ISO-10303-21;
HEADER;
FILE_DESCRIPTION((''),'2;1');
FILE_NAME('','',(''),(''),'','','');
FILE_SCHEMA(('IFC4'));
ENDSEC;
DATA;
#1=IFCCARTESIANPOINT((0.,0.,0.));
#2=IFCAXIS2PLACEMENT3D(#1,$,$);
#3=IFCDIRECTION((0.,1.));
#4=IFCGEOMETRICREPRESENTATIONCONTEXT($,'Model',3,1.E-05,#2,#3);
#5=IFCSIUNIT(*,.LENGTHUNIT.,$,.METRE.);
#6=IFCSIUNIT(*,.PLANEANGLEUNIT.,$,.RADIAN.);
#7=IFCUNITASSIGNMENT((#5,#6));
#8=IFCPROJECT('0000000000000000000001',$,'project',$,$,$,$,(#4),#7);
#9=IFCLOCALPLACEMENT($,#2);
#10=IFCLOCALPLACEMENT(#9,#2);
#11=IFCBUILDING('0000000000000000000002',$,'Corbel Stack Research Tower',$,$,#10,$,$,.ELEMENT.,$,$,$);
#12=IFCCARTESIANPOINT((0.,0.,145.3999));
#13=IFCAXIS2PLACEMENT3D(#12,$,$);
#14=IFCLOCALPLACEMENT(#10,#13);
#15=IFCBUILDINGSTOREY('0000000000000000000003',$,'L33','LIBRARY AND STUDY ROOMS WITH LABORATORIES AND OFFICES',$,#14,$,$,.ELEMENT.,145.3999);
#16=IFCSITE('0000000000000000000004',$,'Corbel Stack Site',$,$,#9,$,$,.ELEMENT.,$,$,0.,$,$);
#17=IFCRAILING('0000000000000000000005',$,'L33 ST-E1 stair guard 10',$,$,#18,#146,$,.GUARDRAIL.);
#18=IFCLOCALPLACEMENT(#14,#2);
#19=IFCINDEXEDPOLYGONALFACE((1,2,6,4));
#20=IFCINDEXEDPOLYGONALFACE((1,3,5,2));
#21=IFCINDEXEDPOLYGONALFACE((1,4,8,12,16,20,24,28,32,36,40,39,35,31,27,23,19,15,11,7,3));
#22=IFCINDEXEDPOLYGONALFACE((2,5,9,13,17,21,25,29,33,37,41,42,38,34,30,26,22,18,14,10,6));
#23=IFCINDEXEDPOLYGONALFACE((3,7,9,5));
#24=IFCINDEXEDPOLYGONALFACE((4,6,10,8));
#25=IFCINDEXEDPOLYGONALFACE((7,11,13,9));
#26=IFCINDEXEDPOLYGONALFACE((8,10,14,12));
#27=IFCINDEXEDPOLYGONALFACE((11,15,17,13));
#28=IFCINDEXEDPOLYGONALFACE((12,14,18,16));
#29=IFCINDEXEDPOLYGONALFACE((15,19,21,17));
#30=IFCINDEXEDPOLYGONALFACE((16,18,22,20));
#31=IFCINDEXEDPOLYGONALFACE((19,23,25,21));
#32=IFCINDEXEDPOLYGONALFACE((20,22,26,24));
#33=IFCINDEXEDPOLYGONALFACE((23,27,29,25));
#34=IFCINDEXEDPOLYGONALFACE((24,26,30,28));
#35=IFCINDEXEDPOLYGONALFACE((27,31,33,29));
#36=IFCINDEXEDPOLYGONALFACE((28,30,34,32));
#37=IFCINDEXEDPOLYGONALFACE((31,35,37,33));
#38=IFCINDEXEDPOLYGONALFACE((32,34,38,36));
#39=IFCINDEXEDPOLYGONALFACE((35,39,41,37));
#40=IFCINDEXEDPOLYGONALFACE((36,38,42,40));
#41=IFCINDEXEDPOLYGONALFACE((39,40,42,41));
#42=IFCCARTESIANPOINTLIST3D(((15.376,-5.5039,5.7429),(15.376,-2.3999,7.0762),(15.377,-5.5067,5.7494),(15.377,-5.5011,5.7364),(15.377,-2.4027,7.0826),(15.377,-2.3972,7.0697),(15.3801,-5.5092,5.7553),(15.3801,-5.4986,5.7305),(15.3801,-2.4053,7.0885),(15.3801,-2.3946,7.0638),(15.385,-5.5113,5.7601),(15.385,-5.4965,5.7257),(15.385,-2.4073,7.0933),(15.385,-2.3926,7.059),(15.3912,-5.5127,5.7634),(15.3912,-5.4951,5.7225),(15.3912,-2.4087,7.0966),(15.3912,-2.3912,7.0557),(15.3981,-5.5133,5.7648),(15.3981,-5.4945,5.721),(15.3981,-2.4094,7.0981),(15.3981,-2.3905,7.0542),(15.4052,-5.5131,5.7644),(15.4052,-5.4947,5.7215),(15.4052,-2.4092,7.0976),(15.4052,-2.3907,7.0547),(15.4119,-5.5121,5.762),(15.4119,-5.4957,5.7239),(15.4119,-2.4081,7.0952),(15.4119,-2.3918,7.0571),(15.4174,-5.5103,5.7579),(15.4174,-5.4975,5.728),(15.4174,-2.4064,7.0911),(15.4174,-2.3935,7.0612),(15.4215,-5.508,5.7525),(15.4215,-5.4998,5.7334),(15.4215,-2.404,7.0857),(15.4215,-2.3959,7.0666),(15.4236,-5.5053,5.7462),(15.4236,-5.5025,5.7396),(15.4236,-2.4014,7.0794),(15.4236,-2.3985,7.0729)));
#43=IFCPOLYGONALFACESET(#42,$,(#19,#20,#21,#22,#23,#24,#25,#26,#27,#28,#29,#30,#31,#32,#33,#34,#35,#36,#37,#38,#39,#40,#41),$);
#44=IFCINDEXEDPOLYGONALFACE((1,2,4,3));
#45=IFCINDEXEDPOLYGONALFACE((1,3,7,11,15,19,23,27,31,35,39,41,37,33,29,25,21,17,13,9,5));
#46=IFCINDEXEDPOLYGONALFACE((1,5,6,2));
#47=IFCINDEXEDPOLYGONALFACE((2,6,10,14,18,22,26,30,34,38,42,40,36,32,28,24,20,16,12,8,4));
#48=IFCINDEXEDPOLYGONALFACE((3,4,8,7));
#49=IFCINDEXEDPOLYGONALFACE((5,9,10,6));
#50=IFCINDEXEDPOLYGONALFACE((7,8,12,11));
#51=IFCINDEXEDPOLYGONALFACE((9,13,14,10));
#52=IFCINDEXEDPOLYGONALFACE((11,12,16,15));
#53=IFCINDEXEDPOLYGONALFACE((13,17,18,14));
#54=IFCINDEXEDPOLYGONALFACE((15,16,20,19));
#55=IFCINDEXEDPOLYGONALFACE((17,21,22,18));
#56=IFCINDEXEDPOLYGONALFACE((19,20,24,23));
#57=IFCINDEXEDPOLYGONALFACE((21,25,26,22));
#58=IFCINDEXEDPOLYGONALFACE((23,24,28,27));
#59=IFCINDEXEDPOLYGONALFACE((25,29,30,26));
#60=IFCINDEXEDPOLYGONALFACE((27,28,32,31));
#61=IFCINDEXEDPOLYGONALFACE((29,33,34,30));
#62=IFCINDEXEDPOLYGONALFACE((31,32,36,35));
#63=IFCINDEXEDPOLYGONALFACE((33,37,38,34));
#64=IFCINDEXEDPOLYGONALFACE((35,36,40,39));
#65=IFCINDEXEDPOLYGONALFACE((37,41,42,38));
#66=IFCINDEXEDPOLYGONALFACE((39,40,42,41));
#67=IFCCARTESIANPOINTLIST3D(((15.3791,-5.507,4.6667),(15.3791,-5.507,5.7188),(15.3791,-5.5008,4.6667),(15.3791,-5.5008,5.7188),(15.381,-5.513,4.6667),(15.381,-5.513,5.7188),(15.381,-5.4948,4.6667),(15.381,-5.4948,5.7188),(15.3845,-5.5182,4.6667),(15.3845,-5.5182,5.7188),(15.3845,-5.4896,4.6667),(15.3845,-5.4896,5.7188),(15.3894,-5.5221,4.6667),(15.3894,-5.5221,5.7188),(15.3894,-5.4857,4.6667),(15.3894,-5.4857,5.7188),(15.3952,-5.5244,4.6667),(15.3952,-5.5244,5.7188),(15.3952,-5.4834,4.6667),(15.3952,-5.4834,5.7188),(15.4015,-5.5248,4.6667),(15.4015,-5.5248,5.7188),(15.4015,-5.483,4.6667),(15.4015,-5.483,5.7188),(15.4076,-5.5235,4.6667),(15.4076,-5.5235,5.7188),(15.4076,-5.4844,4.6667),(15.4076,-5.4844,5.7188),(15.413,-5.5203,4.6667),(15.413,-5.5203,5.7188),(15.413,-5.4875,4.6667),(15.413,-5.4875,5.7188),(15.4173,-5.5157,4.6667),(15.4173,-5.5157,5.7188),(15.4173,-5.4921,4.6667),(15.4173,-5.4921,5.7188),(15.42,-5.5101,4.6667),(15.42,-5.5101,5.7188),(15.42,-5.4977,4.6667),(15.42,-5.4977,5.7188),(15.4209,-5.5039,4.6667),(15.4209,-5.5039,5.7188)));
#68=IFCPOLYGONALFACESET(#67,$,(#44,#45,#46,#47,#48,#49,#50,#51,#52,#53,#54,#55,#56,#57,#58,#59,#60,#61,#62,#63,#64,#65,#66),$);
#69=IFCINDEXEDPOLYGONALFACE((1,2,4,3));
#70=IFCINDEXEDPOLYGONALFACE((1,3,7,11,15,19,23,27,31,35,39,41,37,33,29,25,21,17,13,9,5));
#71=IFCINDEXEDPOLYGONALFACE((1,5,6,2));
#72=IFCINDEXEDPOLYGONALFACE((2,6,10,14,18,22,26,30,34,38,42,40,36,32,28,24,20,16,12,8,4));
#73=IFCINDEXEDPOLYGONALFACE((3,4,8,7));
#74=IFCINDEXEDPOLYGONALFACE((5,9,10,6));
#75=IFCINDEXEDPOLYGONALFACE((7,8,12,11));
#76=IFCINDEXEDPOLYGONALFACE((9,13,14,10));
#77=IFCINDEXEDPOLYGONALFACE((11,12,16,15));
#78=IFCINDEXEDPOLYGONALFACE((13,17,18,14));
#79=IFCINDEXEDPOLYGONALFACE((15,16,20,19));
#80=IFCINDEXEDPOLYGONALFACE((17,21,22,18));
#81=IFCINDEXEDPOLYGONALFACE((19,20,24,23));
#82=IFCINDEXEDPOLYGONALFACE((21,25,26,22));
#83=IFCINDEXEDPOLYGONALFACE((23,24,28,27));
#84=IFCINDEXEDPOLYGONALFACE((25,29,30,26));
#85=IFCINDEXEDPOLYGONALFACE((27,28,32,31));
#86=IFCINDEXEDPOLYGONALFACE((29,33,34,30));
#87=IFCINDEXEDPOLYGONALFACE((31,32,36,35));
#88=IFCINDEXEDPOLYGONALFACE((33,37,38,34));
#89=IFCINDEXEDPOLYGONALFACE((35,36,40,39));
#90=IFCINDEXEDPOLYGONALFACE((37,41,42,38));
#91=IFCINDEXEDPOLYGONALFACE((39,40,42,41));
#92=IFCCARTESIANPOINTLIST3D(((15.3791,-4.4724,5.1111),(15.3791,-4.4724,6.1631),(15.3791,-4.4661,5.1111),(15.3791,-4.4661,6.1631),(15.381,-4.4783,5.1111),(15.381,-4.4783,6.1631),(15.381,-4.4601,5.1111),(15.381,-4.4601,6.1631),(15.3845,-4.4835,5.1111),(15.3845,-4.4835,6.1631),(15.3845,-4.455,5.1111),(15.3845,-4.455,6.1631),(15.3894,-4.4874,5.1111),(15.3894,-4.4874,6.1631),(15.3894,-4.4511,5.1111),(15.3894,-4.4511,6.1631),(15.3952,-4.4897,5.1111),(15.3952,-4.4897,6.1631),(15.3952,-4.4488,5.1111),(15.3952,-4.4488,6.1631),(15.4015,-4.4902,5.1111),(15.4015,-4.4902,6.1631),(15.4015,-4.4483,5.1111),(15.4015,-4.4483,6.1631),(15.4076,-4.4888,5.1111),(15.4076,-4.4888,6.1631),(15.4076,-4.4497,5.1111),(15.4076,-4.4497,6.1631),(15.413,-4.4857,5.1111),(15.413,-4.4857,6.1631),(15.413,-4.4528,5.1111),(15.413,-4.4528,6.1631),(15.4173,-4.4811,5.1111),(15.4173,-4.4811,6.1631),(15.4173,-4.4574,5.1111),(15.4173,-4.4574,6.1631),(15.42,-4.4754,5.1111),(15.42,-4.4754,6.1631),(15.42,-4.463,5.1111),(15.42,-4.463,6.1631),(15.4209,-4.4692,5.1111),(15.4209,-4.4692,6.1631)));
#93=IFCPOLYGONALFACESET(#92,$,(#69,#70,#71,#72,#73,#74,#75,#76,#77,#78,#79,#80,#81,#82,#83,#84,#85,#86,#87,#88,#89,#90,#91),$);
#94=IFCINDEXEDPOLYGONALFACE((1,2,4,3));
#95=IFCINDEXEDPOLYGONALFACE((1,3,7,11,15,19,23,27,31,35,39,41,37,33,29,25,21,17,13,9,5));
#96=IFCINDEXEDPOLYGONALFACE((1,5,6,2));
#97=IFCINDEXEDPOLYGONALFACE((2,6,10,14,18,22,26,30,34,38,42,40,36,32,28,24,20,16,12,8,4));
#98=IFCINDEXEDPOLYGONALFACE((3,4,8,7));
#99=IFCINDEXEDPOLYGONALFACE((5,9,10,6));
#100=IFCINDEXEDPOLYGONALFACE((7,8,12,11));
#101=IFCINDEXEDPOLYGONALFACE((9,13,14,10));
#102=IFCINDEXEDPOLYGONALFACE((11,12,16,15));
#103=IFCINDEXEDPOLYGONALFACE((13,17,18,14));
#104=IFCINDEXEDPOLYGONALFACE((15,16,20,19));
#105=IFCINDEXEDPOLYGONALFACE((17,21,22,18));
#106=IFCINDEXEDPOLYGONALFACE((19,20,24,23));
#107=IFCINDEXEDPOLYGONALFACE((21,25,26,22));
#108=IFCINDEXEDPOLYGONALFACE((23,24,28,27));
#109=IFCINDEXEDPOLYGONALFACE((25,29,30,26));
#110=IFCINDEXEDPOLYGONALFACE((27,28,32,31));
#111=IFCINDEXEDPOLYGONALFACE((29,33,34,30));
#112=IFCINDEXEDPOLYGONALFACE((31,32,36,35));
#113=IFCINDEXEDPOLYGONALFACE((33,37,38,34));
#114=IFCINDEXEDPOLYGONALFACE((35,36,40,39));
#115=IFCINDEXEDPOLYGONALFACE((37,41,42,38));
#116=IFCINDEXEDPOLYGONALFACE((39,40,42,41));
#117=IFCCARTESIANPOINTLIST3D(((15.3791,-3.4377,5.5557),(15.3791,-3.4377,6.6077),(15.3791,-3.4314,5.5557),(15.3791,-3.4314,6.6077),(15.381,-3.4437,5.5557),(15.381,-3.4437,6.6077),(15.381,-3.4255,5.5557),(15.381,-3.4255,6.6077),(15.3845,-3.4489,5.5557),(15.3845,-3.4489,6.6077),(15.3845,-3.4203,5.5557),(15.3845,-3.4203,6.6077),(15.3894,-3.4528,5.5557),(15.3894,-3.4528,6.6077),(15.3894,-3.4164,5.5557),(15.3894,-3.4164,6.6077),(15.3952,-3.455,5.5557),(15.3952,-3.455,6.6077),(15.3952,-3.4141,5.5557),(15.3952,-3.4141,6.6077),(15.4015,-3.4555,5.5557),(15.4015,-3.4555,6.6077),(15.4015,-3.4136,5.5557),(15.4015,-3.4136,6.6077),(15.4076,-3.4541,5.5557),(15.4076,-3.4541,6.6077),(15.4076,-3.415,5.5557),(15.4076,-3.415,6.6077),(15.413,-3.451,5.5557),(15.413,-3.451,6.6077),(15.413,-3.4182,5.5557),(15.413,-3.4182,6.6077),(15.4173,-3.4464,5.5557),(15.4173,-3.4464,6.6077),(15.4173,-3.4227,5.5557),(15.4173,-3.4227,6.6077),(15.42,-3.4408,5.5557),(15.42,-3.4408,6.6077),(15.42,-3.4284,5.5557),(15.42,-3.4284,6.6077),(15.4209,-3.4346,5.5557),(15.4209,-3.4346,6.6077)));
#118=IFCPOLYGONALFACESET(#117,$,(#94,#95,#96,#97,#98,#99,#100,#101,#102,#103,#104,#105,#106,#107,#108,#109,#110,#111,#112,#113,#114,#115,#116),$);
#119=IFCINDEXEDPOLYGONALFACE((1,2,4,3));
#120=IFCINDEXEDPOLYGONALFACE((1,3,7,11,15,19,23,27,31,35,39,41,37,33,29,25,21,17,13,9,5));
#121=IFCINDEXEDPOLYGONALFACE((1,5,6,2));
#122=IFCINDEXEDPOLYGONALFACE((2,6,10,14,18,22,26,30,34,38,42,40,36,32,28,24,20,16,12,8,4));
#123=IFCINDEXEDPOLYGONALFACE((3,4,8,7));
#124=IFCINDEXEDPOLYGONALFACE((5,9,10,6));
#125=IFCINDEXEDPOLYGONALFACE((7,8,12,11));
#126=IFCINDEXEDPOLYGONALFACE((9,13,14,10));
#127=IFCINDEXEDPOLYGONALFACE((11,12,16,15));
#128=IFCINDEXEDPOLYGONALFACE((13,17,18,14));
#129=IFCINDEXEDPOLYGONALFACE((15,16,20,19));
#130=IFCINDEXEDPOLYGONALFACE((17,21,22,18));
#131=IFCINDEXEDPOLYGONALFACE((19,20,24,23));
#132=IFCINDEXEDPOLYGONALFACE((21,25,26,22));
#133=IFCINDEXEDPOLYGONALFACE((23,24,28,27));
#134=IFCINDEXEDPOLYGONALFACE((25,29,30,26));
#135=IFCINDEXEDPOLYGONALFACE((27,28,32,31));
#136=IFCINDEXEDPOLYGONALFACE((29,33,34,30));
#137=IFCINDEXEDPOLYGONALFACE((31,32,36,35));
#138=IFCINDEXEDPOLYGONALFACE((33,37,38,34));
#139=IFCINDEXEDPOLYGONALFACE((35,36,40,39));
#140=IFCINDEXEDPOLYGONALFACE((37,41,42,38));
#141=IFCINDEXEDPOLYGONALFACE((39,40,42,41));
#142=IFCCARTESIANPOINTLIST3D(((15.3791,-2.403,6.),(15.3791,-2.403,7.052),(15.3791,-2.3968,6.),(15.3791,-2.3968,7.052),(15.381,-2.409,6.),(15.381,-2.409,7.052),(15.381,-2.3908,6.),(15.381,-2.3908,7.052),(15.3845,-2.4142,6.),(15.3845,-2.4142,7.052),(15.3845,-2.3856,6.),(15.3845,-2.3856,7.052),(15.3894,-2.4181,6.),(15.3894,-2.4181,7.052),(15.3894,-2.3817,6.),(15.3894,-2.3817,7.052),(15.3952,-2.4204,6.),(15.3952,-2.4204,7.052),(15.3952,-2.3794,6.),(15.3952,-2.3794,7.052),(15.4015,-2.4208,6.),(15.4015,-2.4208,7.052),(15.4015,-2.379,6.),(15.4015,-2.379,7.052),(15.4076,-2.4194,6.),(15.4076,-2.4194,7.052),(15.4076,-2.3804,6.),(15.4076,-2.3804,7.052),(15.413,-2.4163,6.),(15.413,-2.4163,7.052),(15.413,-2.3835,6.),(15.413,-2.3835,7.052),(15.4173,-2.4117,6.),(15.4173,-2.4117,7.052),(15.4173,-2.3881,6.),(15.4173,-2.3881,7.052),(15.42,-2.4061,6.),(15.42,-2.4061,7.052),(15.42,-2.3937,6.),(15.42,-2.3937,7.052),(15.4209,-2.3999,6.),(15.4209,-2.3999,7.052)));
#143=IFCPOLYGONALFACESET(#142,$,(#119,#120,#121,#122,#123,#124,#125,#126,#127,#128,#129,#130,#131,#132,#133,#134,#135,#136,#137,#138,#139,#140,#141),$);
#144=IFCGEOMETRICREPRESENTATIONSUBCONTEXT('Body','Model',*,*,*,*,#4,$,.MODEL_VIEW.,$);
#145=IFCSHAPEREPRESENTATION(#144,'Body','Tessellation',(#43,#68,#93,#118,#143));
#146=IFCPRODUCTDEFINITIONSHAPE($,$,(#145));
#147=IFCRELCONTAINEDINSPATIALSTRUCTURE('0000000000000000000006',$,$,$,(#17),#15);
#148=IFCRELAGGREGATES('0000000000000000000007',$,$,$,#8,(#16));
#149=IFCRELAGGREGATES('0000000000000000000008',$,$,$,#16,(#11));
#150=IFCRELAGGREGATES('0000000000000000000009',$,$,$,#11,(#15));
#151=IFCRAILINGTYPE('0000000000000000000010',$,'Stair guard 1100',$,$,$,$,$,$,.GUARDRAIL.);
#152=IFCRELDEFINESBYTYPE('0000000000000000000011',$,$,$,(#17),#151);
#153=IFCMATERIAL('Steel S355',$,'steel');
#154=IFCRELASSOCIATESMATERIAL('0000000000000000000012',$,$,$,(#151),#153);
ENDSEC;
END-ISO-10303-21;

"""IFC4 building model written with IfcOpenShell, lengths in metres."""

from ifc_helpers import new_model, si_unit, direction, frame, origin, origin_2d, place, context, subcontext, project, spatial, circle, extrude, material, type_object, element, save


model = new_model("IFC4")

# Units and contexts
model_context = context("Model", 3, precision=1e-05, world=origin(), true_north=direction((0.0, 1.0)))
body_context = subcontext(model_context, "Body", "Model", "MODEL_VIEW")
ifc_project = project(units=[si_unit("LENGTHUNIT", "METRE"), si_unit("PLANEANGLEUNIT", "RADIAN")], contexts=[model_context])

# Site, building, storey
site_placement = place(None, origin())
site = spatial("IfcSite", under=ifc_project, at=site_placement, Name="Corbel Stack Site", CompositionType="ELEMENT", RefElevation=0.0)
building_placement = place(site_placement, origin())
building = spatial("IfcBuilding", under=site, at=building_placement, Name="Corbel Stack Research Tower", CompositionType="ELEMENT")
storey_placement = place(building_placement, frame((0.0, 0.0, 145.3999)))
storey = spatial("IfcBuildingStorey", under=building, at=storey_placement, Name="L33", Description="LIBRARY AND STUDY ROOMS WITH LABORATORIES AND OFFICES", CompositionType="ELEMENT", Elevation=145.3999)

# Railing
ifc_material_1 = material(Name="Steel S355", Category="steel")
railing_type_1 = type_object("IfcRailingType", Name="Stair guard 1100", PredefinedType="GUARDRAIL", material=ifc_material_1)
railing_1_placement = place(storey_placement, frame((15.3999, -5.5039, 4.6667)))
element("IfcRailing", 1, at=railing_1_placement, inside=storey, type_object=railing_type_1, Name="L33 ST-E1 stair guard 10", PredefinedType="GUARDRAIL", context=body_context, shape_type="SweptSolid", body=[
    extrude(circle(Radius=0.0239, at=origin_2d()), frame((0.0, 0.0, 1.0762), z_axis=(0.0, 0.918827, 0.394661), x_axis=(-1.0, 0.0, 0.0)), (0.0, 0.0, 1.0), 3.3782),
    extrude(circle(Radius=0.021, at=origin_2d()), origin(), (0.0, 0.0, 1.0), 1.052),
    extrude(circle(Radius=0.021, at=origin_2d()), frame((0.0, 1.0347, 0.4443)), (0.0, 0.0, 1.0), 1.052),
    extrude(circle(Radius=0.021, at=origin_2d()), frame((0.0, 2.0693, 0.8889)), (0.0, 0.0, 1.0), 1.052),
    extrude(circle(Radius=0.021, at=origin_2d()), frame((0.0, 3.104, 1.3333)), (0.0, 0.0, 1.0), 1.052),
])

save(model, "model.ifc")
